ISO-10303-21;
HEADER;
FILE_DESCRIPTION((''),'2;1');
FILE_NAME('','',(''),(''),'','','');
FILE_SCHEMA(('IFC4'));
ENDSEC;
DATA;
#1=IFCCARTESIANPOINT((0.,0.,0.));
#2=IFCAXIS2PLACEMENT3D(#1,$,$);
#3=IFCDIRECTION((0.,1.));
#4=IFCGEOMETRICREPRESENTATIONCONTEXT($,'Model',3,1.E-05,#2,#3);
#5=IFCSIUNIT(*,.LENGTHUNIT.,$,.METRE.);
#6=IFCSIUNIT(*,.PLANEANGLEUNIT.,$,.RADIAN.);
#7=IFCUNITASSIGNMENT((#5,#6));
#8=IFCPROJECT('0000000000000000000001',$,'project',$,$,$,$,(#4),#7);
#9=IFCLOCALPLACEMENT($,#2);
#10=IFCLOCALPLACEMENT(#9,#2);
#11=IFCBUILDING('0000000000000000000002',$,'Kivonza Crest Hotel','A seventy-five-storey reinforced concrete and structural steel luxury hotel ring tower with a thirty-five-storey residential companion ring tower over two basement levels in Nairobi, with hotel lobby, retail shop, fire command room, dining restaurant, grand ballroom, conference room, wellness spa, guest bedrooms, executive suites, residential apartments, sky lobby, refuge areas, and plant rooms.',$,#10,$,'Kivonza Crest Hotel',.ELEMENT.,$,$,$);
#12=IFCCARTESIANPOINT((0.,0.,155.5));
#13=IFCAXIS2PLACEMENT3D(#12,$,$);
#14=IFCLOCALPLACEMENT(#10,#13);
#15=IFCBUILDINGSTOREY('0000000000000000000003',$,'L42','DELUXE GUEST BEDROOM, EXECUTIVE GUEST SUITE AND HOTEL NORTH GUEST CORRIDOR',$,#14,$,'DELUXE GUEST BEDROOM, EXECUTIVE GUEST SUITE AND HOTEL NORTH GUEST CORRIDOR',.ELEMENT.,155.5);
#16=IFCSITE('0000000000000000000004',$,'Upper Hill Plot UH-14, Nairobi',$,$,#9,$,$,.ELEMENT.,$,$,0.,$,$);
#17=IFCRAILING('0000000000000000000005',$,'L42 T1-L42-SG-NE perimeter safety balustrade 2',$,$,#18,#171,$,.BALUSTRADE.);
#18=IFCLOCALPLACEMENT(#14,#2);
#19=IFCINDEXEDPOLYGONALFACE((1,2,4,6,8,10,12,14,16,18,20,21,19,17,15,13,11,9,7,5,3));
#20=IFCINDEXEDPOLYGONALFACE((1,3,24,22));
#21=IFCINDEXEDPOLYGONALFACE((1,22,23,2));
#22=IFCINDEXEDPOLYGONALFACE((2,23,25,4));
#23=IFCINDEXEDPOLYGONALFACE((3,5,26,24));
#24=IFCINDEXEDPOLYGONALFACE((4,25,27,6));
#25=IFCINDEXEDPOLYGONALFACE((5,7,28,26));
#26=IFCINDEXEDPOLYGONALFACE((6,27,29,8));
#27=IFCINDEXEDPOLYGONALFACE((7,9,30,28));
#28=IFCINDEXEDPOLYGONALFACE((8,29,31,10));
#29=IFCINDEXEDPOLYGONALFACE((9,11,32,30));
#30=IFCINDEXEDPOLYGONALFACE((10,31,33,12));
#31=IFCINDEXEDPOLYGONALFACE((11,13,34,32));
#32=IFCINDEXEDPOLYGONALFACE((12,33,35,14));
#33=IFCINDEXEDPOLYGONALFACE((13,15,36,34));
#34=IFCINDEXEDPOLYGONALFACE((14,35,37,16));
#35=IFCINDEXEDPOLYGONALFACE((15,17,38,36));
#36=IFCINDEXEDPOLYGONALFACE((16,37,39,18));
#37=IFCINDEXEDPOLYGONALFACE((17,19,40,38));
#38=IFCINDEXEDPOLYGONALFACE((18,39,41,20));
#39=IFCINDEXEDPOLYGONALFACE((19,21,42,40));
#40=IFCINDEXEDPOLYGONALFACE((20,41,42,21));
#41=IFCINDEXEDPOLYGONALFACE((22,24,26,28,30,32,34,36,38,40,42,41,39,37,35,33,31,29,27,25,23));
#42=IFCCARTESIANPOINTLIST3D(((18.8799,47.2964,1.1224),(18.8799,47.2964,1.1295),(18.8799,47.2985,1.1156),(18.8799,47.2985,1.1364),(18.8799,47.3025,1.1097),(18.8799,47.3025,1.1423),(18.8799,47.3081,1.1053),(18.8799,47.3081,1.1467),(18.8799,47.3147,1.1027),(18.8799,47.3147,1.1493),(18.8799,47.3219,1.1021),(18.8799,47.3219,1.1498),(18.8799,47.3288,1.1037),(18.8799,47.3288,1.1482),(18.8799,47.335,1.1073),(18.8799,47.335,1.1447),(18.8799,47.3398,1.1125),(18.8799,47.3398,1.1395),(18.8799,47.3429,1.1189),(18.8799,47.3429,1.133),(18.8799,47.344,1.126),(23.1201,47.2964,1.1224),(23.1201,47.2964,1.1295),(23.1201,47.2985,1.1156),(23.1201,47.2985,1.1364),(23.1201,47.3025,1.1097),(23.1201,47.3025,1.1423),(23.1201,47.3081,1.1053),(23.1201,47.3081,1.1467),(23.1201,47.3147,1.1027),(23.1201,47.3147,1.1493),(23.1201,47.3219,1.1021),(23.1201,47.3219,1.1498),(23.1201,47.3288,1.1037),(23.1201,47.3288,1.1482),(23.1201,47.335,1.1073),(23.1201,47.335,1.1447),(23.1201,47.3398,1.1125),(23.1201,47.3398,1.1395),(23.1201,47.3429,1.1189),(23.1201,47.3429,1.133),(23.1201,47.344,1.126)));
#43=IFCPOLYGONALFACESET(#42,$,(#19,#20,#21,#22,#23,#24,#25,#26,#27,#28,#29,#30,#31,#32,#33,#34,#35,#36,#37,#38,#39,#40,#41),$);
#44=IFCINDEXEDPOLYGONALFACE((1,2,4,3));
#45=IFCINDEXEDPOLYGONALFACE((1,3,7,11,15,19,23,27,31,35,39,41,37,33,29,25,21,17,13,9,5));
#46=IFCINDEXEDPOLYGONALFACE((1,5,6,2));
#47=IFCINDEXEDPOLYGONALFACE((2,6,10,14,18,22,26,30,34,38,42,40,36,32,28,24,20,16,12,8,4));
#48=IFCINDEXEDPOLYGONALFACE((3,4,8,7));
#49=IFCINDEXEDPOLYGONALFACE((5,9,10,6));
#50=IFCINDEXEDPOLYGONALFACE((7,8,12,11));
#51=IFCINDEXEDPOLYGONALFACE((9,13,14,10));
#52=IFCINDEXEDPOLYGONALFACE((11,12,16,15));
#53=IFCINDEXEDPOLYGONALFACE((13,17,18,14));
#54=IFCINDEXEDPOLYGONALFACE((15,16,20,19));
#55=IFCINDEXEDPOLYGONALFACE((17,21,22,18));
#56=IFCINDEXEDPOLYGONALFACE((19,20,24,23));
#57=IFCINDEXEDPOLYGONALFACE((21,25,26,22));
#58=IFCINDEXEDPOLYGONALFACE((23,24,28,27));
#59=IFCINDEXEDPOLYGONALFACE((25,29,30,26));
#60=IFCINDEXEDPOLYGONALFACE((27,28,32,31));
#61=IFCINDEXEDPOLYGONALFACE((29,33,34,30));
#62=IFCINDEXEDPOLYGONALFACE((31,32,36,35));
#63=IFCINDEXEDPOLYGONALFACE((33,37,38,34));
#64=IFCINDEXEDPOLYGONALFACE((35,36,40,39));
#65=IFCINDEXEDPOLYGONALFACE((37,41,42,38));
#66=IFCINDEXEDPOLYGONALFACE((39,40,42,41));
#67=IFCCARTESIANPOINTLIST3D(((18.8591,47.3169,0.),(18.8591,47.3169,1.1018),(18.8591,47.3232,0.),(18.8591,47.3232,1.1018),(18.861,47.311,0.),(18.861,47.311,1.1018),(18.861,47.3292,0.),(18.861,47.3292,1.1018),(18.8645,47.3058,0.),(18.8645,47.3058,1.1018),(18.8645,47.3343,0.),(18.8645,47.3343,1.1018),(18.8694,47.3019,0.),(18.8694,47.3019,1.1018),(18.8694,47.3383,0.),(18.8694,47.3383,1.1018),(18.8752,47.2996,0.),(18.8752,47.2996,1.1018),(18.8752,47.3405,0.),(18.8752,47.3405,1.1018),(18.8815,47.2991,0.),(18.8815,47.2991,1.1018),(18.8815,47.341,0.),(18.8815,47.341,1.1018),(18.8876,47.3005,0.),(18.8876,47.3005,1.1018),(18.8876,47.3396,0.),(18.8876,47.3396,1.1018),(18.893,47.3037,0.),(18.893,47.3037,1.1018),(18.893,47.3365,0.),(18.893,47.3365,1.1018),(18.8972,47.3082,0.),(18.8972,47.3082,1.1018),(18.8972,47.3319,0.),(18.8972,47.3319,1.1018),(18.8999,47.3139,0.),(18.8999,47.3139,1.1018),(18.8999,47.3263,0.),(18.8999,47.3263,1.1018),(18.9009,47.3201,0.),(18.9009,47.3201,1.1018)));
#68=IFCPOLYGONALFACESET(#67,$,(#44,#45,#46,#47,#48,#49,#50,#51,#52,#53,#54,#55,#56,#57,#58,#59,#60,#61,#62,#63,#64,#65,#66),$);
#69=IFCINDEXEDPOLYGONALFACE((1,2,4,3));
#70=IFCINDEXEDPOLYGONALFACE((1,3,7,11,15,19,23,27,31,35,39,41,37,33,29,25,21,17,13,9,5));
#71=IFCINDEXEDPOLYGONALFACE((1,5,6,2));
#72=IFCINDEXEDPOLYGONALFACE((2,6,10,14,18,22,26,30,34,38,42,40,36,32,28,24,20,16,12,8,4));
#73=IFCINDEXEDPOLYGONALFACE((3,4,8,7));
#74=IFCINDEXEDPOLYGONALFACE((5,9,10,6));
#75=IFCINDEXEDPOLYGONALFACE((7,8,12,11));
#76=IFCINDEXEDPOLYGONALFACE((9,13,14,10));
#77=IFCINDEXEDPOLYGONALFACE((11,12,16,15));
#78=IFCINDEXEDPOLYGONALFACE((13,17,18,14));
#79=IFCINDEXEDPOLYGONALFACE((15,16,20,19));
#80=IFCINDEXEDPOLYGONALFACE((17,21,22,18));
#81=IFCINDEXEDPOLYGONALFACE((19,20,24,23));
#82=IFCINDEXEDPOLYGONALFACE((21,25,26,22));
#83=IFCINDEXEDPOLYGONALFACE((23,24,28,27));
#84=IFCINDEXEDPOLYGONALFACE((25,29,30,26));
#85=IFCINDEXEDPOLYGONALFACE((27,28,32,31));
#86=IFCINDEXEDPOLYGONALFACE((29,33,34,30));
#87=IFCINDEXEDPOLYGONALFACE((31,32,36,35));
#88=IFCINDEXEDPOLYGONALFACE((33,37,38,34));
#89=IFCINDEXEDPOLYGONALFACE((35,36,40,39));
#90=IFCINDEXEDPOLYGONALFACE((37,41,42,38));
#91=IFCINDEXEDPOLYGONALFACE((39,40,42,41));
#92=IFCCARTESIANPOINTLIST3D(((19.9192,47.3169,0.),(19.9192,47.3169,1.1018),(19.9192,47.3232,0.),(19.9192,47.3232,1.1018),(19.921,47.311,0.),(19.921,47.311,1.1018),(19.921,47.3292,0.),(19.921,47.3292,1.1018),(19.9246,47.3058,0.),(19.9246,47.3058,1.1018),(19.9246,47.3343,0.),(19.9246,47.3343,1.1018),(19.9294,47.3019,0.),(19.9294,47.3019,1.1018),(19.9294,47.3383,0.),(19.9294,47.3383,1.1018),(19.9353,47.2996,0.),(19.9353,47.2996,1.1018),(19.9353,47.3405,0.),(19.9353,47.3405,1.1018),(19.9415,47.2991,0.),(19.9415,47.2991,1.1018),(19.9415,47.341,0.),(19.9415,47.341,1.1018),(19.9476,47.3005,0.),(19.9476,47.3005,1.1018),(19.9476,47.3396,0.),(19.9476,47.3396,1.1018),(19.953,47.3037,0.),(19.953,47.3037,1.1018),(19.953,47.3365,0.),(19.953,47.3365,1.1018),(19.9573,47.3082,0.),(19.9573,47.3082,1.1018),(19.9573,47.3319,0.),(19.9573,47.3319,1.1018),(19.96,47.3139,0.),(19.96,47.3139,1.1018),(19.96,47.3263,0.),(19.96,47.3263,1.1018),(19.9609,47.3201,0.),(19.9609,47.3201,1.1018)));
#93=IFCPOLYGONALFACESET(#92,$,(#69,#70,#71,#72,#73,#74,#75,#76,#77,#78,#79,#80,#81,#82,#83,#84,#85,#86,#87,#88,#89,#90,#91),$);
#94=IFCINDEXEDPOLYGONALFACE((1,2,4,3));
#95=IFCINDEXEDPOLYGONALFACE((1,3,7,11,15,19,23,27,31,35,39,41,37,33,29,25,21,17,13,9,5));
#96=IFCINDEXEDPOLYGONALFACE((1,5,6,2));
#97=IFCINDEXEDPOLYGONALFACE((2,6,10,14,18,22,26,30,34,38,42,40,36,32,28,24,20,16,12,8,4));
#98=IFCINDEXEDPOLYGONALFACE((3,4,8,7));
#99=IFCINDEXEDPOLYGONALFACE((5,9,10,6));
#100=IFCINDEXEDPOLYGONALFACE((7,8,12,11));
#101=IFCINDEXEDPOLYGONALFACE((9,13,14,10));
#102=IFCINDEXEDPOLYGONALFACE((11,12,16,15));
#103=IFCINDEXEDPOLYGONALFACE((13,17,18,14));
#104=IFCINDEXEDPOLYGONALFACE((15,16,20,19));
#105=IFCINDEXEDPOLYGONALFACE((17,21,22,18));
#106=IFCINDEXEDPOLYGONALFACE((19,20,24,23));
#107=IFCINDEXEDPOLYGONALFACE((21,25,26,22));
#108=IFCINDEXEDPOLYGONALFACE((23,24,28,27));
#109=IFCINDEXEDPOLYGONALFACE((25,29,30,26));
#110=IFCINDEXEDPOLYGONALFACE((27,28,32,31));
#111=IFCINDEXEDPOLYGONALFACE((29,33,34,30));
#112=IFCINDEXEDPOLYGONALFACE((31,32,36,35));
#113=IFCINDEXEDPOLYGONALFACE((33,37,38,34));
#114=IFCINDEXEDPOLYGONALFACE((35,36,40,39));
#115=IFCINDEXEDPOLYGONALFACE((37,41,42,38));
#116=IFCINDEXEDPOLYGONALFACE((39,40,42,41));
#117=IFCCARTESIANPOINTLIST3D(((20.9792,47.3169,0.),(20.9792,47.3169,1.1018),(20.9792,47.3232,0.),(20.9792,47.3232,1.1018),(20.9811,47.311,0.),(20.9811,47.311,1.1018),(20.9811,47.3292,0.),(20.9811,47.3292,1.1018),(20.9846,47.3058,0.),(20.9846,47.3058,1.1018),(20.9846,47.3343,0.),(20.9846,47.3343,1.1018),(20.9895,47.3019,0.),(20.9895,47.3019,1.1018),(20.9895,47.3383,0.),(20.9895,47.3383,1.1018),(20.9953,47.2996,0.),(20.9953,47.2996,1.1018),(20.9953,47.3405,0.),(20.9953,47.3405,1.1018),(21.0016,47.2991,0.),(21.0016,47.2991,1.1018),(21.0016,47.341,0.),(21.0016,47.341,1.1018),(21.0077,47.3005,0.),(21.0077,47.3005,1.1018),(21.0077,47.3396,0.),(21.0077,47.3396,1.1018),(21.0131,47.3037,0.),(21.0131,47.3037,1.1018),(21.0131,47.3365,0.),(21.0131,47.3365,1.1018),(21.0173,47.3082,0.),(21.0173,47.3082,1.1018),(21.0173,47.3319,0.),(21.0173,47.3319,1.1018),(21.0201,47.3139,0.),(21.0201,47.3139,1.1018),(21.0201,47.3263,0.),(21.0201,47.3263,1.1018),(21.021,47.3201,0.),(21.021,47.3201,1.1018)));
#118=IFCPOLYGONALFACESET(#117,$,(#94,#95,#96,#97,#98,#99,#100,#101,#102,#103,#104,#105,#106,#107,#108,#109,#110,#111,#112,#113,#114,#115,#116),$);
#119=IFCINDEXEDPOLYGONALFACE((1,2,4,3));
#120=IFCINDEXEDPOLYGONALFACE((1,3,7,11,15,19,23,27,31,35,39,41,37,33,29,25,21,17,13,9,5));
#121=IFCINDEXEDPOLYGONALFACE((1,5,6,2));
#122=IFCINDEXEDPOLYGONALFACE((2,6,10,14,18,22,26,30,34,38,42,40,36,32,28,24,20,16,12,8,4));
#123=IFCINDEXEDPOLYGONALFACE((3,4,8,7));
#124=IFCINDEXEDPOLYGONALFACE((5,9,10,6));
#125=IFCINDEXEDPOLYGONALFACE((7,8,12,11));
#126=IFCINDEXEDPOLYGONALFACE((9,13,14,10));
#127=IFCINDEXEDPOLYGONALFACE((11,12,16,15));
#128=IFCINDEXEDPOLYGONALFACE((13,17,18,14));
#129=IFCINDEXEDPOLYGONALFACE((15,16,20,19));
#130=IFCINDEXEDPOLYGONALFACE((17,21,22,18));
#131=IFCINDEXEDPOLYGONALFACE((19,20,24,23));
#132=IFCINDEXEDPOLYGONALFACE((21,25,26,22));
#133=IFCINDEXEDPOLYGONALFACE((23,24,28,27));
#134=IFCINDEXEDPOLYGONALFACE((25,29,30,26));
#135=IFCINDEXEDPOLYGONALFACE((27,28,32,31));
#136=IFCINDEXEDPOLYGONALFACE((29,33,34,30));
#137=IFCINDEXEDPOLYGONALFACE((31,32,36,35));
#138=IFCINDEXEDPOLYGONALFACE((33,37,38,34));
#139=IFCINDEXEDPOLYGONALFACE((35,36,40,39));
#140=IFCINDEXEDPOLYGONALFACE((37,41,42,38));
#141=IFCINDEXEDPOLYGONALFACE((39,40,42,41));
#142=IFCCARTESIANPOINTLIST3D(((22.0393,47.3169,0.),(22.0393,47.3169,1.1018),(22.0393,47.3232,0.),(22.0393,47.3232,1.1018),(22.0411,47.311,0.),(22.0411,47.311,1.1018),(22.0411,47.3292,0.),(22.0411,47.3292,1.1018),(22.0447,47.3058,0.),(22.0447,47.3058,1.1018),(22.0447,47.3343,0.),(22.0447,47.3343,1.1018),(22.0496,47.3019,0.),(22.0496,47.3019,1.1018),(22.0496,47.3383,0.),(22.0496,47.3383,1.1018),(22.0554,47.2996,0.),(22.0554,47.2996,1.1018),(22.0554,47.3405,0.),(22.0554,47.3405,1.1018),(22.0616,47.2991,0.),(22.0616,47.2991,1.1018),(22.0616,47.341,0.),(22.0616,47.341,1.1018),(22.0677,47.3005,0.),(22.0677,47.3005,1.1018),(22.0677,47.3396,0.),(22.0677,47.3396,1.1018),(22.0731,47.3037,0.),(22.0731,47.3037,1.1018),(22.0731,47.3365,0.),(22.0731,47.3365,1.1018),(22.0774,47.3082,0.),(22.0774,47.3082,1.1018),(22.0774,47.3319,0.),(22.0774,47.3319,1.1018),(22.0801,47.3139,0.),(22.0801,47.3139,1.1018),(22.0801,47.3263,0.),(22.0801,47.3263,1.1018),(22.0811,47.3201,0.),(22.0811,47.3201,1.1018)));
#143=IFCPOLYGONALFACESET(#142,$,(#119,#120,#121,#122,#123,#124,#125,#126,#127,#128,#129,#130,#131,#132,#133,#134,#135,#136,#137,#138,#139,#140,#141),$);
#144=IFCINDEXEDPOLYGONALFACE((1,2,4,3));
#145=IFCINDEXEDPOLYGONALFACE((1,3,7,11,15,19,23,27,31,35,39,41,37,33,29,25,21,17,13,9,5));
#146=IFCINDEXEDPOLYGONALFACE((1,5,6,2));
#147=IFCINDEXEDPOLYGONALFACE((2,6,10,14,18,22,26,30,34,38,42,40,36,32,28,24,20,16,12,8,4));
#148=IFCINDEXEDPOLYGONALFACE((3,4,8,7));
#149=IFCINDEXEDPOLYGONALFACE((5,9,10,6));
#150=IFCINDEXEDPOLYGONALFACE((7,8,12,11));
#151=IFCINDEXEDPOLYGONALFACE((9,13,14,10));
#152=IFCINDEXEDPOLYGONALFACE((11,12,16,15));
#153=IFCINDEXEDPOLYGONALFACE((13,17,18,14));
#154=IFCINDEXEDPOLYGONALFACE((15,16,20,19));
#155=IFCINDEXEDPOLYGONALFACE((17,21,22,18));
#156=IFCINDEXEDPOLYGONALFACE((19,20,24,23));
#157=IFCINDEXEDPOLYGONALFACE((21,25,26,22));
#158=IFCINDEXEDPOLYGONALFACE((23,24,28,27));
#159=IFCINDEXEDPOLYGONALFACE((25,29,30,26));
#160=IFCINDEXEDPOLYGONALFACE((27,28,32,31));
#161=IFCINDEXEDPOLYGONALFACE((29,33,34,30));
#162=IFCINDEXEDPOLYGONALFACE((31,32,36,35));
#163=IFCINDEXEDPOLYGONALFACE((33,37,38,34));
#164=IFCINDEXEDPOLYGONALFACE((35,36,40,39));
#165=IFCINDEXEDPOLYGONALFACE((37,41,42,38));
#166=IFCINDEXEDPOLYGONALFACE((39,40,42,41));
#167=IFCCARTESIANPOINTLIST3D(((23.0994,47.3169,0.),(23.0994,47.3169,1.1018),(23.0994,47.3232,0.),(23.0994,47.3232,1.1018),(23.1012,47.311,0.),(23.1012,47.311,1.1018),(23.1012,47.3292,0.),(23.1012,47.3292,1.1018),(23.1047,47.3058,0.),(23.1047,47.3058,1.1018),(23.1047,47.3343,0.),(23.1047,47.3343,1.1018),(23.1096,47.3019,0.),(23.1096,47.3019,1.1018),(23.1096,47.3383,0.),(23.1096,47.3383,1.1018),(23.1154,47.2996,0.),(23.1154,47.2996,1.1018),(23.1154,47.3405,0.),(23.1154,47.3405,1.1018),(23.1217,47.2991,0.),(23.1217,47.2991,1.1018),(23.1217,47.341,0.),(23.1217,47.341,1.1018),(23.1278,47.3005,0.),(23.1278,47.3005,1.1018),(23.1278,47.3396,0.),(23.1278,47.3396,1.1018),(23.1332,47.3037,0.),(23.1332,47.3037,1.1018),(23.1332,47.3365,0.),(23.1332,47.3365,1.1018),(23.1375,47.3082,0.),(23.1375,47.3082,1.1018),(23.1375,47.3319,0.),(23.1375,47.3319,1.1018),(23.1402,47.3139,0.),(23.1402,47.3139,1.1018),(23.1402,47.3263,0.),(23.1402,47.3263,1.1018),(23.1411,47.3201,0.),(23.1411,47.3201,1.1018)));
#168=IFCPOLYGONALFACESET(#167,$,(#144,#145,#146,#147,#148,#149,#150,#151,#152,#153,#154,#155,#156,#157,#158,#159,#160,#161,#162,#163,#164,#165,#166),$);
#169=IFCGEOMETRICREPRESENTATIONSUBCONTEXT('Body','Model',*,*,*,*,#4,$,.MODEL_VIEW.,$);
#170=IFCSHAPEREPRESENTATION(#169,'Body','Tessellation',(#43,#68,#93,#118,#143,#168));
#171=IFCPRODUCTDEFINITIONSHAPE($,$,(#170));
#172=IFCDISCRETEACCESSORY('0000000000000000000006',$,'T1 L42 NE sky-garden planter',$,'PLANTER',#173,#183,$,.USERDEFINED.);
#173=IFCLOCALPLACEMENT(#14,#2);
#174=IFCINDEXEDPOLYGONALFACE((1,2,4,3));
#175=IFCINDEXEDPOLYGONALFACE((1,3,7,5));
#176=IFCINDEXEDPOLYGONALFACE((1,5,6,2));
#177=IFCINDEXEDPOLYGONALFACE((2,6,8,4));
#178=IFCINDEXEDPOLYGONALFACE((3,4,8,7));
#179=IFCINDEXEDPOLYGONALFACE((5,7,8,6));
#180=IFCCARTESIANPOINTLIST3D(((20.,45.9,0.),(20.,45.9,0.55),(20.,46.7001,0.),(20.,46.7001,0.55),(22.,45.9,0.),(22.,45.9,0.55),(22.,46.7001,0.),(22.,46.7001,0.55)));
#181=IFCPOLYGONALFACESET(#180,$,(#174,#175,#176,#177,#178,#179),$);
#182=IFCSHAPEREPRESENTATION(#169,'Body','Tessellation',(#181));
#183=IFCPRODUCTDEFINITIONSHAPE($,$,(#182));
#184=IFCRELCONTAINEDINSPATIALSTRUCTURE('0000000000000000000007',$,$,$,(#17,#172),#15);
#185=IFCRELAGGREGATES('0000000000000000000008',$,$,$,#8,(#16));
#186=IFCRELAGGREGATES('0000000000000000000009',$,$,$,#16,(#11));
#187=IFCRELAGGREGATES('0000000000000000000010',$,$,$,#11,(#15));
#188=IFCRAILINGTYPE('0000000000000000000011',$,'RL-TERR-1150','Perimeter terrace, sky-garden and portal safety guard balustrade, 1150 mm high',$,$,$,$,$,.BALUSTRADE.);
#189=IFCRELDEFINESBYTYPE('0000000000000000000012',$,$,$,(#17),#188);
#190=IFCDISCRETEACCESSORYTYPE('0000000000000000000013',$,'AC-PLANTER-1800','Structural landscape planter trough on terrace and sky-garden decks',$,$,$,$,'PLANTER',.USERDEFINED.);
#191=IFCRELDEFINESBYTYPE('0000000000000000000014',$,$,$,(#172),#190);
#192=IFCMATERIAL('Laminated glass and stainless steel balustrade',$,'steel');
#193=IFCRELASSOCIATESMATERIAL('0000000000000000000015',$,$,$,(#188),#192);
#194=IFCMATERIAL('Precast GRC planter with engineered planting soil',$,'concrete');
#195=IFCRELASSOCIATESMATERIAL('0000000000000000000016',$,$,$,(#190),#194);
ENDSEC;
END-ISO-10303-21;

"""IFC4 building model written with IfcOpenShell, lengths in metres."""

from ifc_helpers import new_model, si_unit, direction, frame, origin, origin_2d, place, context, subcontext, project, spatial, rectangle, circle, extrude, material, type_object, element, save


model = new_model("IFC4")

# Units and contexts
model_context = context("Model", 3, precision=1e-05, world=origin(), true_north=direction((0.0, 1.0)))
body_context = subcontext(model_context, "Body", "Model", "MODEL_VIEW")
ifc_project = project(units=[si_unit("LENGTHUNIT", "METRE"), si_unit("PLANEANGLEUNIT", "RADIAN")], contexts=[model_context])

# Site, building, storey
site_placement = place(None, origin())
site = spatial("IfcSite", under=ifc_project, at=site_placement, Name="Upper Hill Plot UH-14, Nairobi", CompositionType="ELEMENT", RefElevation=0.0)
building_placement = place(site_placement, origin())
building = spatial("IfcBuilding", under=site, at=building_placement, Name="Kivonza Crest Hotel", Description="A seventy-five-storey reinforced concrete and structural steel luxury hotel ring tower with a thirty-five-storey residential companion ring tower over two basement levels in Nairobi, with hotel lobby, retail shop, fire command room, dining restaurant, grand ballroom, conference room, wellness spa, guest bedrooms, executive suites, residential apartments, sky lobby, refuge areas, and plant rooms.", LongName="Kivonza Crest Hotel", CompositionType="ELEMENT")
storey_placement = place(building_placement, frame((0.0, 0.0, 155.5)))
storey = spatial("IfcBuildingStorey", under=building, at=storey_placement, Name="L42", Description="DELUXE GUEST BEDROOM, EXECUTIVE GUEST SUITE AND HOTEL NORTH GUEST CORRIDOR", LongName="DELUXE GUEST BEDROOM, EXECUTIVE GUEST SUITE AND HOTEL NORTH GUEST CORRIDOR", CompositionType="ELEMENT", Elevation=155.5)

# Railing
ifc_material_1 = material(Name="Laminated glass and stainless steel balustrade", Category="steel")
railing_type_1 = type_object("IfcRailingType", Name="RL-TERR-1150", Description="Perimeter terrace, sky-garden and portal safety guard balustrade, 1150 mm high", PredefinedType="BALUSTRADE", material=ifc_material_1)
railing_1_placement = place(storey_placement, frame((18.8799, 47.3201, 0.0)))
element("IfcRailing", 1, at=railing_1_placement, inside=storey, type_object=railing_type_1, Name="L42 T1-L42-SG-NE perimeter safety balustrade 2", PredefinedType="BALUSTRADE", context=body_context, shape_type="SweptSolid", body=[
    extrude(circle(Radius=0.0239, at=origin_2d()), frame((0.0, 0.0, 1.126), z_axis=(1.0, 0.0, 0.0), x_axis=(0.0, 1.0, 0.0)), (0.0, 0.0, 1.0), 4.2402),
    extrude(circle(Radius=0.021, at=origin_2d()), origin(), (0.0, 0.0, 1.0), 1.1018),
    extrude(circle(Radius=0.021, at=origin_2d()), frame((1.0601, 0.0, 0.0)), (0.0, 0.0, 1.0), 1.1018),
    extrude(circle(Radius=0.021, at=origin_2d()), frame((2.1201, 0.0, 0.0)), (0.0, 0.0, 1.0), 1.1018),
    extrude(circle(Radius=0.021, at=origin_2d()), frame((3.1802, 0.0, 0.0)), (0.0, 0.0, 1.0), 1.1018),
    extrude(circle(Radius=0.021, at=origin_2d()), frame((4.2402, 0.0, 0.0)), (0.0, 0.0, 1.0), 1.1018),
])

# Discrete accessory
ifc_material_2 = material(Name="Precast GRC planter with engineered planting soil", Category="concrete")
discrete_accessory_type = type_object("IfcDiscreteAccessoryType", Name="AC-PLANTER-1800", Description="Structural landscape planter trough on terrace and sky-garden decks", ElementType="PLANTER", PredefinedType="USERDEFINED", material=ifc_material_2)
discrete_accessory_placement = place(storey_placement, frame((21.0, 46.3, 0.0), z_axis=(0.0, 0.0, 1.0), x_axis=(1.0, 0.0, 0.0)))
element("IfcDiscreteAccessory", 2, at=discrete_accessory_placement, inside=storey, type_object=discrete_accessory_type, Name="T1 L42 NE sky-garden planter", ObjectType="PLANTER", PredefinedType="USERDEFINED", context=body_context, shape_type="SweptSolid", body=[
    extrude(rectangle(XDim=2.0, YDim=0.8, at=origin_2d()), origin(), (0.0, 0.0, 1.0), 0.55),
])

save(model, "model.ifc")
